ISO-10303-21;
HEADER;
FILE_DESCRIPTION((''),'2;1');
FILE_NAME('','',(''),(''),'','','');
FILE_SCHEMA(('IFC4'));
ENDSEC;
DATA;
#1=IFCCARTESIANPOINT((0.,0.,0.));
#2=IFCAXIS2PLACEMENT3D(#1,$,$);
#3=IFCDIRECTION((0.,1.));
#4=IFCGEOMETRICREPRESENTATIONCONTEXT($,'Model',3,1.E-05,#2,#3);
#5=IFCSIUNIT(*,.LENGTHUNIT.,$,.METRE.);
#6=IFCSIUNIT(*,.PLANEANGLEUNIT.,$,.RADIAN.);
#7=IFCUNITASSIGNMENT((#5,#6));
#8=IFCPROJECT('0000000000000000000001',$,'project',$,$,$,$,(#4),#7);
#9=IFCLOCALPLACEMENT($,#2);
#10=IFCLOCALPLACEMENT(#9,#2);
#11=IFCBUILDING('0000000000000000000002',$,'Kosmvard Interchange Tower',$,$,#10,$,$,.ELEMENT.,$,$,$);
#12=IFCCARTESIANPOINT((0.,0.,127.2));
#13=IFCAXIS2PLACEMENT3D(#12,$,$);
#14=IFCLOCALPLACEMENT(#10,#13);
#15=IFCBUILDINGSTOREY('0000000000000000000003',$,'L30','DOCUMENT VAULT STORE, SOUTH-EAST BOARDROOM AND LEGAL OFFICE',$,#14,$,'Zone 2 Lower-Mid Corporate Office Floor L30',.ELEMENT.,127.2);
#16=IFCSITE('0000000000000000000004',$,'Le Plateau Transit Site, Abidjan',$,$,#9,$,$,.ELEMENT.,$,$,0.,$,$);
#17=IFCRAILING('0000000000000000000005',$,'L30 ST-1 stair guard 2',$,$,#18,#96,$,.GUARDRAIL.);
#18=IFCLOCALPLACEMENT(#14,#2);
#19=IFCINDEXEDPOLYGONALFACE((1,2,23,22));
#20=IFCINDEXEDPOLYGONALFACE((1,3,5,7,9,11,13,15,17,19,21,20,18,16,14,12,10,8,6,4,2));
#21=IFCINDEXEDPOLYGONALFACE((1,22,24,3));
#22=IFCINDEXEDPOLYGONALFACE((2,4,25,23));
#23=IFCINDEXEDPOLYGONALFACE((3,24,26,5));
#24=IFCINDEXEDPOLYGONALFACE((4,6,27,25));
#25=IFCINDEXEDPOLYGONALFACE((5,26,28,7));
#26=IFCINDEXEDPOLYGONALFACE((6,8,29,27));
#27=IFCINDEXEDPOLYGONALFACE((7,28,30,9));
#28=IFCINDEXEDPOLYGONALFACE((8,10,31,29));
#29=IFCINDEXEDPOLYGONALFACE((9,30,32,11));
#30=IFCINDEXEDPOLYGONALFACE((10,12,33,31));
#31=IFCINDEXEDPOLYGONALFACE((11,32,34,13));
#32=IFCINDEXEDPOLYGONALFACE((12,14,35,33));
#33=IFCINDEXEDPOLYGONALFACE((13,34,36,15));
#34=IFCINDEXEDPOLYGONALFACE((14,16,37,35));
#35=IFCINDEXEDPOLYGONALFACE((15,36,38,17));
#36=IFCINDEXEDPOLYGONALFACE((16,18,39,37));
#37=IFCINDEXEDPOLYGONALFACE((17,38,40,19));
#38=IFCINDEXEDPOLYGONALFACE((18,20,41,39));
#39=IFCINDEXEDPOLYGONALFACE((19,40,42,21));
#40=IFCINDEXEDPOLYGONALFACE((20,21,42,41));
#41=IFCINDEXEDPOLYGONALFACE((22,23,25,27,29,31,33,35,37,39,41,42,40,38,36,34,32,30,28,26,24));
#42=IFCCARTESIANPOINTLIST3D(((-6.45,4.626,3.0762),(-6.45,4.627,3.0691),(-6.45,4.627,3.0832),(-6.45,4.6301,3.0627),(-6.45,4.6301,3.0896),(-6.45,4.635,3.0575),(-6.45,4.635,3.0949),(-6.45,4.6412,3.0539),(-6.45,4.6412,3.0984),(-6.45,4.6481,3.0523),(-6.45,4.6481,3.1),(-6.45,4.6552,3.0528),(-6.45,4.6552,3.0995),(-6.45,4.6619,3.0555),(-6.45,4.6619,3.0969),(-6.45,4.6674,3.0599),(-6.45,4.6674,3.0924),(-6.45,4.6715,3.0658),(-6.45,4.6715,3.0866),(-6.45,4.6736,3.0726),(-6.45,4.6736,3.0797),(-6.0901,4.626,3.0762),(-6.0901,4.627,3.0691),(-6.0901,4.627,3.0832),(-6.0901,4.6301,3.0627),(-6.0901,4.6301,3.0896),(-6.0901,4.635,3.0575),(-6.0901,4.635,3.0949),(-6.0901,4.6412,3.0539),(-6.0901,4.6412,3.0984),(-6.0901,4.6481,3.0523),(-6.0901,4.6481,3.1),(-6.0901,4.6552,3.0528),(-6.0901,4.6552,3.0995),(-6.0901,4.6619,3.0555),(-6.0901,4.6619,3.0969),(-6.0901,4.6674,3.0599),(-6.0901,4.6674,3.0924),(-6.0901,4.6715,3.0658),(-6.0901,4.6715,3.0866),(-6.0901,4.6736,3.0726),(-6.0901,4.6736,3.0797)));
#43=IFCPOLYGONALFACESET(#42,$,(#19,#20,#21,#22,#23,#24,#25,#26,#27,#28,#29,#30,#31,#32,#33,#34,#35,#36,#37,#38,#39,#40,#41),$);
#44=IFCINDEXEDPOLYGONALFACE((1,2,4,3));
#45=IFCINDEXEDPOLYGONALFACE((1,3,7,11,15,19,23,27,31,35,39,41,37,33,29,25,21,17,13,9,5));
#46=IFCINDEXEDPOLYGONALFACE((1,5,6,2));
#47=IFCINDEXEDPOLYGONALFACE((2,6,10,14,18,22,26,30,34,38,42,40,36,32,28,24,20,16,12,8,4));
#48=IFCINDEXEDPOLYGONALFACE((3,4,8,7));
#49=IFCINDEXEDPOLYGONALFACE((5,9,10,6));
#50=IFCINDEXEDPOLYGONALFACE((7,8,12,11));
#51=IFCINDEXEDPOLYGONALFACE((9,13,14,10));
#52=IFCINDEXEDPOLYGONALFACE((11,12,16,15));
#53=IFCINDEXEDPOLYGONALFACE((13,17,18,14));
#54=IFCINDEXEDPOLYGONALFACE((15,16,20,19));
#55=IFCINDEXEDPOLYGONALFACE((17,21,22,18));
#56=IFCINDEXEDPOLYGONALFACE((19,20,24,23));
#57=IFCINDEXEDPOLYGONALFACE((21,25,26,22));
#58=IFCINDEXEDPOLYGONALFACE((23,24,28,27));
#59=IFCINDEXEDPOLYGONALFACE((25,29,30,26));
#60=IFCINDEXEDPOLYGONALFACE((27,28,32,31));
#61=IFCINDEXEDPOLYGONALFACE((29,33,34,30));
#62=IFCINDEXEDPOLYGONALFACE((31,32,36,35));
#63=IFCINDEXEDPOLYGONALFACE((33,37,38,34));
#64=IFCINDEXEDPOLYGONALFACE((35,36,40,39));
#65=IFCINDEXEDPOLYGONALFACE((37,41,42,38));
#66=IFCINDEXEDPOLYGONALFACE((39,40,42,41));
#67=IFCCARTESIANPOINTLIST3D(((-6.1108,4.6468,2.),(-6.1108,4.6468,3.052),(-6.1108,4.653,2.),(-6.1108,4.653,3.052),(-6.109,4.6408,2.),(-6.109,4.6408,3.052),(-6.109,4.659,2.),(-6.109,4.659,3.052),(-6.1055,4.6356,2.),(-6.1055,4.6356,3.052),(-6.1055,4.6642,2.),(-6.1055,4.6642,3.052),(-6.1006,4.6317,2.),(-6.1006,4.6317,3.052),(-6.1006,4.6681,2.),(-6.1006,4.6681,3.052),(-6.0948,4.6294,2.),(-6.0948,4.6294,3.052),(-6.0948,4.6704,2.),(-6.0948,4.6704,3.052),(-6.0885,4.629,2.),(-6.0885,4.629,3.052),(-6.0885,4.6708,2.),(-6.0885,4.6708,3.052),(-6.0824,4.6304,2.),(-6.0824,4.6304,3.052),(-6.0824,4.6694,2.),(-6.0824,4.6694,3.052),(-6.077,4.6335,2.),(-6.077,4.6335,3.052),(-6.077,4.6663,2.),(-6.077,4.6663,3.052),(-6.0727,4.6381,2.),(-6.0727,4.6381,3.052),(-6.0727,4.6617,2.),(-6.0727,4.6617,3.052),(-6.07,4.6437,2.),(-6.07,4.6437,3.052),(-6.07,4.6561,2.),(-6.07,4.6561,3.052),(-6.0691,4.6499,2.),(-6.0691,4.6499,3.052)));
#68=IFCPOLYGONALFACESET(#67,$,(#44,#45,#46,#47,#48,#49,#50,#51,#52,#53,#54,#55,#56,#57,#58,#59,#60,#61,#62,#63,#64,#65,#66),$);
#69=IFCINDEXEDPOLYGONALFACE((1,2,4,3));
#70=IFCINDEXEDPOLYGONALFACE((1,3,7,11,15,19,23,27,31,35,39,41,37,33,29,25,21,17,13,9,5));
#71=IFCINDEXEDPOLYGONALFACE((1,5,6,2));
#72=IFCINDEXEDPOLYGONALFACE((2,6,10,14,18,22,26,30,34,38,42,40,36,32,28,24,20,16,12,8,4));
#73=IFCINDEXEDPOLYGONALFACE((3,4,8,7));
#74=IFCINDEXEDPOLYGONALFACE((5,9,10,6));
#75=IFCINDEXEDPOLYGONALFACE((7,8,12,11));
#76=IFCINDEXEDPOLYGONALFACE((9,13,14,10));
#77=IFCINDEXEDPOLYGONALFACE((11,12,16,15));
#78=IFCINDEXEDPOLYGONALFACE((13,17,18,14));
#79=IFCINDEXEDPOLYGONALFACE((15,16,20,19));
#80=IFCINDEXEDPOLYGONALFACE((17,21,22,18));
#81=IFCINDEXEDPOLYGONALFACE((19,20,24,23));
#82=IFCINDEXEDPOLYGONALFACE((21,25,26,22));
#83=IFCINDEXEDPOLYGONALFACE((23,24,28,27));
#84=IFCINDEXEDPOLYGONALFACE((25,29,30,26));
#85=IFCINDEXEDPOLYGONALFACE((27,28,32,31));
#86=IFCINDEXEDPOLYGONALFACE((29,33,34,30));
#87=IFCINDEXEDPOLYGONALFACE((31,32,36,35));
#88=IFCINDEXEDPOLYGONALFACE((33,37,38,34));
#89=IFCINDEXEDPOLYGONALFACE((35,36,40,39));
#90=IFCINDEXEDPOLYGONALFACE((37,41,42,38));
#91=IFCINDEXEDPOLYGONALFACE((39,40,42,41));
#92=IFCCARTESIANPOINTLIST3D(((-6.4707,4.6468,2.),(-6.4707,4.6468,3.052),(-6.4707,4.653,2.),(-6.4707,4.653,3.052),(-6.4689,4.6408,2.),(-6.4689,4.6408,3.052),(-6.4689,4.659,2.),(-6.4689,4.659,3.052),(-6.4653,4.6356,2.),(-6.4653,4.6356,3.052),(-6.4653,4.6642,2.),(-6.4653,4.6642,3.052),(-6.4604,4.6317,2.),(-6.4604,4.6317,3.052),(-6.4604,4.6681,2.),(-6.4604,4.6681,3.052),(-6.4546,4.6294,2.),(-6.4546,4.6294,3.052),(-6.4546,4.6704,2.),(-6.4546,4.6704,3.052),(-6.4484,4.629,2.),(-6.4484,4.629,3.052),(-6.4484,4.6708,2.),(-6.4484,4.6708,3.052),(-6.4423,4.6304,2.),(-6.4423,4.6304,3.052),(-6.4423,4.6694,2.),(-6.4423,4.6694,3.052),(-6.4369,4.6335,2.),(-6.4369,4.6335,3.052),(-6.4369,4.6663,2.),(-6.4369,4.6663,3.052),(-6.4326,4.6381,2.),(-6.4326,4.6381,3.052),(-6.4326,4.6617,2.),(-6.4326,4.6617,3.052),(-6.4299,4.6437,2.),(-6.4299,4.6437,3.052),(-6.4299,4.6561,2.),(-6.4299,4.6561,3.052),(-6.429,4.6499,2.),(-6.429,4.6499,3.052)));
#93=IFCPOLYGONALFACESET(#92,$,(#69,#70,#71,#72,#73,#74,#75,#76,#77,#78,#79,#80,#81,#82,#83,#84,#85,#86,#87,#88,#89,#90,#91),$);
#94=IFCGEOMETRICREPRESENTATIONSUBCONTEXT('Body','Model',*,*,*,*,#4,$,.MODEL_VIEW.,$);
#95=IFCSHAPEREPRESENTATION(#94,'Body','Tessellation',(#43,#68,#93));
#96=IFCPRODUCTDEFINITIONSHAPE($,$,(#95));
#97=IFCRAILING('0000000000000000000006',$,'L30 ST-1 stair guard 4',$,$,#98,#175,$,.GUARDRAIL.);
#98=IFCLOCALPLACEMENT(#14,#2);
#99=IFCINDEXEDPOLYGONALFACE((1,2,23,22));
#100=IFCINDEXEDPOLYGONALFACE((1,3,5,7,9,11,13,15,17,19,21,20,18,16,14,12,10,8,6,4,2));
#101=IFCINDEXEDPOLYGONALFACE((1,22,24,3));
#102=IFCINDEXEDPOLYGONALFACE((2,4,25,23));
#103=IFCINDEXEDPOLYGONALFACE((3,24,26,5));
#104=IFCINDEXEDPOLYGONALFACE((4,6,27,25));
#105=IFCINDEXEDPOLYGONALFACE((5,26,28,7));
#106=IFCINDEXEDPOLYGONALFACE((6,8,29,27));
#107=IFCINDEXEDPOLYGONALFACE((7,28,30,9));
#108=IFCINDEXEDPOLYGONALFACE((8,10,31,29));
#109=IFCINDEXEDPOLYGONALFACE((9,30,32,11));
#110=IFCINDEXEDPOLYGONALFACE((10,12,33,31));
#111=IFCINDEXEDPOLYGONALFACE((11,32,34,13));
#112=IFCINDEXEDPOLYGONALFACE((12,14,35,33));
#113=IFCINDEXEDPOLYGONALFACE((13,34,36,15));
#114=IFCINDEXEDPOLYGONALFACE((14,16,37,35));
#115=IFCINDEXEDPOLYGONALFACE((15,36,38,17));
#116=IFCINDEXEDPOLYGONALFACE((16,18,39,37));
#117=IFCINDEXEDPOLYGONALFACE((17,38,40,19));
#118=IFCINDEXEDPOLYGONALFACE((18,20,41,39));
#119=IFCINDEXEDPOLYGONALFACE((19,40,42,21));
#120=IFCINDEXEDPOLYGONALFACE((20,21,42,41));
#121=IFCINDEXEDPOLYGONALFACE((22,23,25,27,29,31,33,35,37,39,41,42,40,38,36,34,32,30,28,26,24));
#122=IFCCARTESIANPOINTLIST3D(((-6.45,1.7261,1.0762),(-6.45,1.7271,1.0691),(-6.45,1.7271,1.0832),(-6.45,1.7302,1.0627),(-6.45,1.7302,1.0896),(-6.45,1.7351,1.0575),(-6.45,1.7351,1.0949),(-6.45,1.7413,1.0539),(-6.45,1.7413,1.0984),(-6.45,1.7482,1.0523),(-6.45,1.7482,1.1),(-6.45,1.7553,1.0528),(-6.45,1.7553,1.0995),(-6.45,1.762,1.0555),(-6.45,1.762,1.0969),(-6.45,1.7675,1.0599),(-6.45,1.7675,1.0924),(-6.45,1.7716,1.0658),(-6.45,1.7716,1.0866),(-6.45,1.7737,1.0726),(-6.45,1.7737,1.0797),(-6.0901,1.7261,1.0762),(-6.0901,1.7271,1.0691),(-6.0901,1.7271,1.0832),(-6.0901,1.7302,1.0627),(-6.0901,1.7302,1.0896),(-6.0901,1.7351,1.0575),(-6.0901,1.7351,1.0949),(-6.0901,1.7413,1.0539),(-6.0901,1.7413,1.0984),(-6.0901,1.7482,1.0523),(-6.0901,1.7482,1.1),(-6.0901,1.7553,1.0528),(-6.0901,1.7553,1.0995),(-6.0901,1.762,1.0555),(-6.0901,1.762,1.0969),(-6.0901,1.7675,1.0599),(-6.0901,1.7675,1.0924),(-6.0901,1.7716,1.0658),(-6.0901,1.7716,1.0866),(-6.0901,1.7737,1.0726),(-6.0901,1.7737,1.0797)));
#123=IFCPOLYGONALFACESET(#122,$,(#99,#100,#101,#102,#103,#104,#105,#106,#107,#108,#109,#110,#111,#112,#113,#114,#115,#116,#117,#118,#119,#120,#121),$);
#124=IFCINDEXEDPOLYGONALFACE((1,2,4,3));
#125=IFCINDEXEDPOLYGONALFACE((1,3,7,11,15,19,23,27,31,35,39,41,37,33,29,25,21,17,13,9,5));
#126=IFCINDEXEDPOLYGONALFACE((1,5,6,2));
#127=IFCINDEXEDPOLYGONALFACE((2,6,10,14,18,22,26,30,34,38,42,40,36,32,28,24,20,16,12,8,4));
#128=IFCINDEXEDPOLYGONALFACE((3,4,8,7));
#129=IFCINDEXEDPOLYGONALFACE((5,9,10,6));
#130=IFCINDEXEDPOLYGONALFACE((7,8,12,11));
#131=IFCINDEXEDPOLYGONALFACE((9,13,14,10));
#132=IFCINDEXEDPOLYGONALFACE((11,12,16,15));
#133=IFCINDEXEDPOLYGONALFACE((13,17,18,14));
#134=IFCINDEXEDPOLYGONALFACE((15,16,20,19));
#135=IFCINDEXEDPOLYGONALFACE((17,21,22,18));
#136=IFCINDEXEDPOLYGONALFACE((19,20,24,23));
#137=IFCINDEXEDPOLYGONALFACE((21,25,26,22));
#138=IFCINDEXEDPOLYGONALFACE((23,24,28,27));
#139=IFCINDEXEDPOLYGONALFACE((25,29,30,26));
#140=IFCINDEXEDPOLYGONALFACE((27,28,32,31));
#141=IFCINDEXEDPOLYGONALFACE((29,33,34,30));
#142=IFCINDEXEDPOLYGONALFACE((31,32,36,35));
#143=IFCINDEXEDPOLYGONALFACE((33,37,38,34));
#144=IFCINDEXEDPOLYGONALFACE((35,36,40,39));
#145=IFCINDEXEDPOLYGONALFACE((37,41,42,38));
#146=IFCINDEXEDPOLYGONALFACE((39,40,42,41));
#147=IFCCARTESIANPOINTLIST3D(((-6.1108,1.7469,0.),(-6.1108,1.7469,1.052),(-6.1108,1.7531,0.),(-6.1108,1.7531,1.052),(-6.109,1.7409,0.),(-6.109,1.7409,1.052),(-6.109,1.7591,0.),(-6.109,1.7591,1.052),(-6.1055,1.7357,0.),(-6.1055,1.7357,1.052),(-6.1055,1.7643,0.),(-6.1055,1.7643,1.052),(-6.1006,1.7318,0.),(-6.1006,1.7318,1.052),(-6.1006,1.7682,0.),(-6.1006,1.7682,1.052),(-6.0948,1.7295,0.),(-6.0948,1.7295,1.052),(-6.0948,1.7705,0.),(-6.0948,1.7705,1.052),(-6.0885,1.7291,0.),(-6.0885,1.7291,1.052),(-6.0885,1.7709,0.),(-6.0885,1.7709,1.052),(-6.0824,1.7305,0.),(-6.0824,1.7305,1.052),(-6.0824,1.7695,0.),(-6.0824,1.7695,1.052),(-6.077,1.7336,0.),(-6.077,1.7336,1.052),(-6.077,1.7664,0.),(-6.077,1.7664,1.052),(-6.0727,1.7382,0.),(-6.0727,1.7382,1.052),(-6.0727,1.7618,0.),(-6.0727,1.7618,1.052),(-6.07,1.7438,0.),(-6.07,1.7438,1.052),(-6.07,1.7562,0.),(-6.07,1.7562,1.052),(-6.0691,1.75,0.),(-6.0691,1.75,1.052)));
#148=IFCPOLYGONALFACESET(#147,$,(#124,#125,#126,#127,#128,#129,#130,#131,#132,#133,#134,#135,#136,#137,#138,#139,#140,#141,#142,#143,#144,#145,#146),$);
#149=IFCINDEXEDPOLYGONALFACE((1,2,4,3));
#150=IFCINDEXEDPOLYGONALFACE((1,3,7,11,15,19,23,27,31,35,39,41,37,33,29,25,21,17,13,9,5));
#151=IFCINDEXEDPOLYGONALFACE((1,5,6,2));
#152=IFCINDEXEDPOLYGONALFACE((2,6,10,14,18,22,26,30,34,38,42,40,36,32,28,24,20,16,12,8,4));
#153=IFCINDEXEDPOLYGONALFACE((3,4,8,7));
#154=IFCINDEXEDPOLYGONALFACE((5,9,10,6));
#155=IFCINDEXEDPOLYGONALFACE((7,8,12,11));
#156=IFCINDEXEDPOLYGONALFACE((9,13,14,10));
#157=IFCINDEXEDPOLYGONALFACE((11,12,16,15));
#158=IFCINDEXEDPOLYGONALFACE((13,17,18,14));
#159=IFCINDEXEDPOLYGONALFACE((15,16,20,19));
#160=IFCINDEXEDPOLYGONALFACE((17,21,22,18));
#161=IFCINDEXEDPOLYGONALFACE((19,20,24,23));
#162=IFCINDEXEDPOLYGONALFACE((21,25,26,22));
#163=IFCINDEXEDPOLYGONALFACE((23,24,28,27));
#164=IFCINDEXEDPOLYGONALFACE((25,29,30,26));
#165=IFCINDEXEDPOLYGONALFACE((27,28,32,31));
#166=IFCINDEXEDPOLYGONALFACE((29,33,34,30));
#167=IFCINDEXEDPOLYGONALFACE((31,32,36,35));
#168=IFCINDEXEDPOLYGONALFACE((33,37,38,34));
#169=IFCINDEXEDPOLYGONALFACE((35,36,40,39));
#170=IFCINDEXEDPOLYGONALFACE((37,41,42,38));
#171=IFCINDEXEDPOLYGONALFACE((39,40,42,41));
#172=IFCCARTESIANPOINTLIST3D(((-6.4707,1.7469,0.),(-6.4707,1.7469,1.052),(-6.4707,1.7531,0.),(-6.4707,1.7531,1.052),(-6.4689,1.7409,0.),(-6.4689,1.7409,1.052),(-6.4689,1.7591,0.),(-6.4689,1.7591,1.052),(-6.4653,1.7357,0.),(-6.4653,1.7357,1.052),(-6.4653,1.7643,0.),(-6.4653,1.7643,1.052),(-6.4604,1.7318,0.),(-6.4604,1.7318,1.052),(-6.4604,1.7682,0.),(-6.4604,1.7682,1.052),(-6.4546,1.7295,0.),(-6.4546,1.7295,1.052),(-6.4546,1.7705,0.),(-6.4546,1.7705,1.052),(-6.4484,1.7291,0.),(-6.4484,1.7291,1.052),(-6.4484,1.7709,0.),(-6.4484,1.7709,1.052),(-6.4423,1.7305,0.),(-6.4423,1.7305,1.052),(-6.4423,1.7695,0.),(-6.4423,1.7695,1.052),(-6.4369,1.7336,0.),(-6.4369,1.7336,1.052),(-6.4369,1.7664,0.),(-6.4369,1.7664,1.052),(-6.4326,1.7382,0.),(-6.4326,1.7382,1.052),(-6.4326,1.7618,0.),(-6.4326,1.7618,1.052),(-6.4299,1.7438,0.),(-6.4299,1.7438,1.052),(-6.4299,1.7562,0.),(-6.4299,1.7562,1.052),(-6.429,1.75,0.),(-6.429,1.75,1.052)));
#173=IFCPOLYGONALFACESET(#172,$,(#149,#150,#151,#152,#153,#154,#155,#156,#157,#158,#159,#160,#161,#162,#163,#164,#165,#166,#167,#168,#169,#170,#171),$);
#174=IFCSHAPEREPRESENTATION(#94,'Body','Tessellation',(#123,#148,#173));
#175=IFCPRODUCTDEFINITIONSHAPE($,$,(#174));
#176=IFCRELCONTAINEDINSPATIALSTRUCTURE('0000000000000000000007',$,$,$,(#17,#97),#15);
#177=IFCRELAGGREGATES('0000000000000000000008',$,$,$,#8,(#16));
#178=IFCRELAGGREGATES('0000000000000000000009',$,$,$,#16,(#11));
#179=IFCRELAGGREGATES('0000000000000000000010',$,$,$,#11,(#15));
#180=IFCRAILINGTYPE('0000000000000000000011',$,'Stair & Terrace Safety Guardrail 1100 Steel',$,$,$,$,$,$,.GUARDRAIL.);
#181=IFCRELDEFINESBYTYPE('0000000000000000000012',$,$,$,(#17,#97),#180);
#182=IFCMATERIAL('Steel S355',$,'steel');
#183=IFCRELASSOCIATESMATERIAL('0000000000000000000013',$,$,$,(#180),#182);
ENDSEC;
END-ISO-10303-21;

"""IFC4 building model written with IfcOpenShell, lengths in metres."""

from ifc_helpers import new_model, si_unit, direction, frame, origin, origin_2d, place, context, subcontext, project, spatial, circle, extrude, source, transform, mapped, material, type_object, element, save


model = new_model("IFC4")

# Units and contexts
model_context = context("Model", 3, precision=1e-05, world=origin(), true_north=direction((0.0, 1.0)))
body_context = subcontext(model_context, "Body", "Model", "MODEL_VIEW")
ifc_project = project(units=[si_unit("LENGTHUNIT", "METRE"), si_unit("PLANEANGLEUNIT", "RADIAN")], contexts=[model_context])

# Site, building, storey
site_placement = place(None, origin())
site = spatial("IfcSite", under=ifc_project, at=site_placement, Name="Le Plateau Transit Site, Abidjan", CompositionType="ELEMENT", RefElevation=0.0)
building_placement = place(site_placement, origin())
building = spatial("IfcBuilding", under=site, at=building_placement, Name="Kosmvard Interchange Tower", CompositionType="ELEMENT")
storey_placement = place(building_placement, frame((0.0, 0.0, 127.2)))
storey = spatial("IfcBuildingStorey", under=building, at=storey_placement, Name="L30", Description="DOCUMENT VAULT STORE, SOUTH-EAST BOARDROOM AND LEGAL OFFICE", LongName="Zone 2 Lower-Mid Corporate Office Floor L30", CompositionType="ELEMENT", Elevation=127.2)

# Shared definitions
ifc_material_1 = material(Name="Steel S355", Category="steel")

# Railings
railing_type_1 = type_object("IfcRailingType", Name="Stair & Terrace Safety Guardrail 1100 Steel", PredefinedType="GUARDRAIL", material=ifc_material_1)
shared_shape_1 = source(origin(), body_context, "Body", "SweptSolid", [
    extrude(circle(Radius=0.0239, at=origin_2d()), frame((0.0, 0.0, 1.0762), z_axis=(-1.0, 0.0, 0.0), x_axis=(0.0, -1.0, 0.0)), (0.0, 0.0, 1.0), 0.3599),
    extrude(circle(Radius=0.021, at=origin_2d()), origin(), (0.0, 0.0, 1.0), 1.052),
    extrude(circle(Radius=0.021, at=origin_2d()), frame((-0.3599, 0.0, 0.0)), (0.0, 0.0, 1.0), 1.052),
])
for number, where, name in (
    (1, (-6.0901, 4.6499, 2.0), "L30 ST-1 stair guard 2"),
    (2, (-6.0901, 1.75, 0.0), "L30 ST-1 stair guard 4"),
):
    element("IfcRailing", number, at=place(storey_placement, frame(where)), inside=storey, type_object=railing_type_1, Name=name, PredefinedType="GUARDRAIL", context=body_context, shape_type="MappedRepresentation", body=[
        mapped(shared_shape_1, transform((0.0, 0.0, 0.0), scale=1.0)),
    ])

save(model, "model.ifc")
